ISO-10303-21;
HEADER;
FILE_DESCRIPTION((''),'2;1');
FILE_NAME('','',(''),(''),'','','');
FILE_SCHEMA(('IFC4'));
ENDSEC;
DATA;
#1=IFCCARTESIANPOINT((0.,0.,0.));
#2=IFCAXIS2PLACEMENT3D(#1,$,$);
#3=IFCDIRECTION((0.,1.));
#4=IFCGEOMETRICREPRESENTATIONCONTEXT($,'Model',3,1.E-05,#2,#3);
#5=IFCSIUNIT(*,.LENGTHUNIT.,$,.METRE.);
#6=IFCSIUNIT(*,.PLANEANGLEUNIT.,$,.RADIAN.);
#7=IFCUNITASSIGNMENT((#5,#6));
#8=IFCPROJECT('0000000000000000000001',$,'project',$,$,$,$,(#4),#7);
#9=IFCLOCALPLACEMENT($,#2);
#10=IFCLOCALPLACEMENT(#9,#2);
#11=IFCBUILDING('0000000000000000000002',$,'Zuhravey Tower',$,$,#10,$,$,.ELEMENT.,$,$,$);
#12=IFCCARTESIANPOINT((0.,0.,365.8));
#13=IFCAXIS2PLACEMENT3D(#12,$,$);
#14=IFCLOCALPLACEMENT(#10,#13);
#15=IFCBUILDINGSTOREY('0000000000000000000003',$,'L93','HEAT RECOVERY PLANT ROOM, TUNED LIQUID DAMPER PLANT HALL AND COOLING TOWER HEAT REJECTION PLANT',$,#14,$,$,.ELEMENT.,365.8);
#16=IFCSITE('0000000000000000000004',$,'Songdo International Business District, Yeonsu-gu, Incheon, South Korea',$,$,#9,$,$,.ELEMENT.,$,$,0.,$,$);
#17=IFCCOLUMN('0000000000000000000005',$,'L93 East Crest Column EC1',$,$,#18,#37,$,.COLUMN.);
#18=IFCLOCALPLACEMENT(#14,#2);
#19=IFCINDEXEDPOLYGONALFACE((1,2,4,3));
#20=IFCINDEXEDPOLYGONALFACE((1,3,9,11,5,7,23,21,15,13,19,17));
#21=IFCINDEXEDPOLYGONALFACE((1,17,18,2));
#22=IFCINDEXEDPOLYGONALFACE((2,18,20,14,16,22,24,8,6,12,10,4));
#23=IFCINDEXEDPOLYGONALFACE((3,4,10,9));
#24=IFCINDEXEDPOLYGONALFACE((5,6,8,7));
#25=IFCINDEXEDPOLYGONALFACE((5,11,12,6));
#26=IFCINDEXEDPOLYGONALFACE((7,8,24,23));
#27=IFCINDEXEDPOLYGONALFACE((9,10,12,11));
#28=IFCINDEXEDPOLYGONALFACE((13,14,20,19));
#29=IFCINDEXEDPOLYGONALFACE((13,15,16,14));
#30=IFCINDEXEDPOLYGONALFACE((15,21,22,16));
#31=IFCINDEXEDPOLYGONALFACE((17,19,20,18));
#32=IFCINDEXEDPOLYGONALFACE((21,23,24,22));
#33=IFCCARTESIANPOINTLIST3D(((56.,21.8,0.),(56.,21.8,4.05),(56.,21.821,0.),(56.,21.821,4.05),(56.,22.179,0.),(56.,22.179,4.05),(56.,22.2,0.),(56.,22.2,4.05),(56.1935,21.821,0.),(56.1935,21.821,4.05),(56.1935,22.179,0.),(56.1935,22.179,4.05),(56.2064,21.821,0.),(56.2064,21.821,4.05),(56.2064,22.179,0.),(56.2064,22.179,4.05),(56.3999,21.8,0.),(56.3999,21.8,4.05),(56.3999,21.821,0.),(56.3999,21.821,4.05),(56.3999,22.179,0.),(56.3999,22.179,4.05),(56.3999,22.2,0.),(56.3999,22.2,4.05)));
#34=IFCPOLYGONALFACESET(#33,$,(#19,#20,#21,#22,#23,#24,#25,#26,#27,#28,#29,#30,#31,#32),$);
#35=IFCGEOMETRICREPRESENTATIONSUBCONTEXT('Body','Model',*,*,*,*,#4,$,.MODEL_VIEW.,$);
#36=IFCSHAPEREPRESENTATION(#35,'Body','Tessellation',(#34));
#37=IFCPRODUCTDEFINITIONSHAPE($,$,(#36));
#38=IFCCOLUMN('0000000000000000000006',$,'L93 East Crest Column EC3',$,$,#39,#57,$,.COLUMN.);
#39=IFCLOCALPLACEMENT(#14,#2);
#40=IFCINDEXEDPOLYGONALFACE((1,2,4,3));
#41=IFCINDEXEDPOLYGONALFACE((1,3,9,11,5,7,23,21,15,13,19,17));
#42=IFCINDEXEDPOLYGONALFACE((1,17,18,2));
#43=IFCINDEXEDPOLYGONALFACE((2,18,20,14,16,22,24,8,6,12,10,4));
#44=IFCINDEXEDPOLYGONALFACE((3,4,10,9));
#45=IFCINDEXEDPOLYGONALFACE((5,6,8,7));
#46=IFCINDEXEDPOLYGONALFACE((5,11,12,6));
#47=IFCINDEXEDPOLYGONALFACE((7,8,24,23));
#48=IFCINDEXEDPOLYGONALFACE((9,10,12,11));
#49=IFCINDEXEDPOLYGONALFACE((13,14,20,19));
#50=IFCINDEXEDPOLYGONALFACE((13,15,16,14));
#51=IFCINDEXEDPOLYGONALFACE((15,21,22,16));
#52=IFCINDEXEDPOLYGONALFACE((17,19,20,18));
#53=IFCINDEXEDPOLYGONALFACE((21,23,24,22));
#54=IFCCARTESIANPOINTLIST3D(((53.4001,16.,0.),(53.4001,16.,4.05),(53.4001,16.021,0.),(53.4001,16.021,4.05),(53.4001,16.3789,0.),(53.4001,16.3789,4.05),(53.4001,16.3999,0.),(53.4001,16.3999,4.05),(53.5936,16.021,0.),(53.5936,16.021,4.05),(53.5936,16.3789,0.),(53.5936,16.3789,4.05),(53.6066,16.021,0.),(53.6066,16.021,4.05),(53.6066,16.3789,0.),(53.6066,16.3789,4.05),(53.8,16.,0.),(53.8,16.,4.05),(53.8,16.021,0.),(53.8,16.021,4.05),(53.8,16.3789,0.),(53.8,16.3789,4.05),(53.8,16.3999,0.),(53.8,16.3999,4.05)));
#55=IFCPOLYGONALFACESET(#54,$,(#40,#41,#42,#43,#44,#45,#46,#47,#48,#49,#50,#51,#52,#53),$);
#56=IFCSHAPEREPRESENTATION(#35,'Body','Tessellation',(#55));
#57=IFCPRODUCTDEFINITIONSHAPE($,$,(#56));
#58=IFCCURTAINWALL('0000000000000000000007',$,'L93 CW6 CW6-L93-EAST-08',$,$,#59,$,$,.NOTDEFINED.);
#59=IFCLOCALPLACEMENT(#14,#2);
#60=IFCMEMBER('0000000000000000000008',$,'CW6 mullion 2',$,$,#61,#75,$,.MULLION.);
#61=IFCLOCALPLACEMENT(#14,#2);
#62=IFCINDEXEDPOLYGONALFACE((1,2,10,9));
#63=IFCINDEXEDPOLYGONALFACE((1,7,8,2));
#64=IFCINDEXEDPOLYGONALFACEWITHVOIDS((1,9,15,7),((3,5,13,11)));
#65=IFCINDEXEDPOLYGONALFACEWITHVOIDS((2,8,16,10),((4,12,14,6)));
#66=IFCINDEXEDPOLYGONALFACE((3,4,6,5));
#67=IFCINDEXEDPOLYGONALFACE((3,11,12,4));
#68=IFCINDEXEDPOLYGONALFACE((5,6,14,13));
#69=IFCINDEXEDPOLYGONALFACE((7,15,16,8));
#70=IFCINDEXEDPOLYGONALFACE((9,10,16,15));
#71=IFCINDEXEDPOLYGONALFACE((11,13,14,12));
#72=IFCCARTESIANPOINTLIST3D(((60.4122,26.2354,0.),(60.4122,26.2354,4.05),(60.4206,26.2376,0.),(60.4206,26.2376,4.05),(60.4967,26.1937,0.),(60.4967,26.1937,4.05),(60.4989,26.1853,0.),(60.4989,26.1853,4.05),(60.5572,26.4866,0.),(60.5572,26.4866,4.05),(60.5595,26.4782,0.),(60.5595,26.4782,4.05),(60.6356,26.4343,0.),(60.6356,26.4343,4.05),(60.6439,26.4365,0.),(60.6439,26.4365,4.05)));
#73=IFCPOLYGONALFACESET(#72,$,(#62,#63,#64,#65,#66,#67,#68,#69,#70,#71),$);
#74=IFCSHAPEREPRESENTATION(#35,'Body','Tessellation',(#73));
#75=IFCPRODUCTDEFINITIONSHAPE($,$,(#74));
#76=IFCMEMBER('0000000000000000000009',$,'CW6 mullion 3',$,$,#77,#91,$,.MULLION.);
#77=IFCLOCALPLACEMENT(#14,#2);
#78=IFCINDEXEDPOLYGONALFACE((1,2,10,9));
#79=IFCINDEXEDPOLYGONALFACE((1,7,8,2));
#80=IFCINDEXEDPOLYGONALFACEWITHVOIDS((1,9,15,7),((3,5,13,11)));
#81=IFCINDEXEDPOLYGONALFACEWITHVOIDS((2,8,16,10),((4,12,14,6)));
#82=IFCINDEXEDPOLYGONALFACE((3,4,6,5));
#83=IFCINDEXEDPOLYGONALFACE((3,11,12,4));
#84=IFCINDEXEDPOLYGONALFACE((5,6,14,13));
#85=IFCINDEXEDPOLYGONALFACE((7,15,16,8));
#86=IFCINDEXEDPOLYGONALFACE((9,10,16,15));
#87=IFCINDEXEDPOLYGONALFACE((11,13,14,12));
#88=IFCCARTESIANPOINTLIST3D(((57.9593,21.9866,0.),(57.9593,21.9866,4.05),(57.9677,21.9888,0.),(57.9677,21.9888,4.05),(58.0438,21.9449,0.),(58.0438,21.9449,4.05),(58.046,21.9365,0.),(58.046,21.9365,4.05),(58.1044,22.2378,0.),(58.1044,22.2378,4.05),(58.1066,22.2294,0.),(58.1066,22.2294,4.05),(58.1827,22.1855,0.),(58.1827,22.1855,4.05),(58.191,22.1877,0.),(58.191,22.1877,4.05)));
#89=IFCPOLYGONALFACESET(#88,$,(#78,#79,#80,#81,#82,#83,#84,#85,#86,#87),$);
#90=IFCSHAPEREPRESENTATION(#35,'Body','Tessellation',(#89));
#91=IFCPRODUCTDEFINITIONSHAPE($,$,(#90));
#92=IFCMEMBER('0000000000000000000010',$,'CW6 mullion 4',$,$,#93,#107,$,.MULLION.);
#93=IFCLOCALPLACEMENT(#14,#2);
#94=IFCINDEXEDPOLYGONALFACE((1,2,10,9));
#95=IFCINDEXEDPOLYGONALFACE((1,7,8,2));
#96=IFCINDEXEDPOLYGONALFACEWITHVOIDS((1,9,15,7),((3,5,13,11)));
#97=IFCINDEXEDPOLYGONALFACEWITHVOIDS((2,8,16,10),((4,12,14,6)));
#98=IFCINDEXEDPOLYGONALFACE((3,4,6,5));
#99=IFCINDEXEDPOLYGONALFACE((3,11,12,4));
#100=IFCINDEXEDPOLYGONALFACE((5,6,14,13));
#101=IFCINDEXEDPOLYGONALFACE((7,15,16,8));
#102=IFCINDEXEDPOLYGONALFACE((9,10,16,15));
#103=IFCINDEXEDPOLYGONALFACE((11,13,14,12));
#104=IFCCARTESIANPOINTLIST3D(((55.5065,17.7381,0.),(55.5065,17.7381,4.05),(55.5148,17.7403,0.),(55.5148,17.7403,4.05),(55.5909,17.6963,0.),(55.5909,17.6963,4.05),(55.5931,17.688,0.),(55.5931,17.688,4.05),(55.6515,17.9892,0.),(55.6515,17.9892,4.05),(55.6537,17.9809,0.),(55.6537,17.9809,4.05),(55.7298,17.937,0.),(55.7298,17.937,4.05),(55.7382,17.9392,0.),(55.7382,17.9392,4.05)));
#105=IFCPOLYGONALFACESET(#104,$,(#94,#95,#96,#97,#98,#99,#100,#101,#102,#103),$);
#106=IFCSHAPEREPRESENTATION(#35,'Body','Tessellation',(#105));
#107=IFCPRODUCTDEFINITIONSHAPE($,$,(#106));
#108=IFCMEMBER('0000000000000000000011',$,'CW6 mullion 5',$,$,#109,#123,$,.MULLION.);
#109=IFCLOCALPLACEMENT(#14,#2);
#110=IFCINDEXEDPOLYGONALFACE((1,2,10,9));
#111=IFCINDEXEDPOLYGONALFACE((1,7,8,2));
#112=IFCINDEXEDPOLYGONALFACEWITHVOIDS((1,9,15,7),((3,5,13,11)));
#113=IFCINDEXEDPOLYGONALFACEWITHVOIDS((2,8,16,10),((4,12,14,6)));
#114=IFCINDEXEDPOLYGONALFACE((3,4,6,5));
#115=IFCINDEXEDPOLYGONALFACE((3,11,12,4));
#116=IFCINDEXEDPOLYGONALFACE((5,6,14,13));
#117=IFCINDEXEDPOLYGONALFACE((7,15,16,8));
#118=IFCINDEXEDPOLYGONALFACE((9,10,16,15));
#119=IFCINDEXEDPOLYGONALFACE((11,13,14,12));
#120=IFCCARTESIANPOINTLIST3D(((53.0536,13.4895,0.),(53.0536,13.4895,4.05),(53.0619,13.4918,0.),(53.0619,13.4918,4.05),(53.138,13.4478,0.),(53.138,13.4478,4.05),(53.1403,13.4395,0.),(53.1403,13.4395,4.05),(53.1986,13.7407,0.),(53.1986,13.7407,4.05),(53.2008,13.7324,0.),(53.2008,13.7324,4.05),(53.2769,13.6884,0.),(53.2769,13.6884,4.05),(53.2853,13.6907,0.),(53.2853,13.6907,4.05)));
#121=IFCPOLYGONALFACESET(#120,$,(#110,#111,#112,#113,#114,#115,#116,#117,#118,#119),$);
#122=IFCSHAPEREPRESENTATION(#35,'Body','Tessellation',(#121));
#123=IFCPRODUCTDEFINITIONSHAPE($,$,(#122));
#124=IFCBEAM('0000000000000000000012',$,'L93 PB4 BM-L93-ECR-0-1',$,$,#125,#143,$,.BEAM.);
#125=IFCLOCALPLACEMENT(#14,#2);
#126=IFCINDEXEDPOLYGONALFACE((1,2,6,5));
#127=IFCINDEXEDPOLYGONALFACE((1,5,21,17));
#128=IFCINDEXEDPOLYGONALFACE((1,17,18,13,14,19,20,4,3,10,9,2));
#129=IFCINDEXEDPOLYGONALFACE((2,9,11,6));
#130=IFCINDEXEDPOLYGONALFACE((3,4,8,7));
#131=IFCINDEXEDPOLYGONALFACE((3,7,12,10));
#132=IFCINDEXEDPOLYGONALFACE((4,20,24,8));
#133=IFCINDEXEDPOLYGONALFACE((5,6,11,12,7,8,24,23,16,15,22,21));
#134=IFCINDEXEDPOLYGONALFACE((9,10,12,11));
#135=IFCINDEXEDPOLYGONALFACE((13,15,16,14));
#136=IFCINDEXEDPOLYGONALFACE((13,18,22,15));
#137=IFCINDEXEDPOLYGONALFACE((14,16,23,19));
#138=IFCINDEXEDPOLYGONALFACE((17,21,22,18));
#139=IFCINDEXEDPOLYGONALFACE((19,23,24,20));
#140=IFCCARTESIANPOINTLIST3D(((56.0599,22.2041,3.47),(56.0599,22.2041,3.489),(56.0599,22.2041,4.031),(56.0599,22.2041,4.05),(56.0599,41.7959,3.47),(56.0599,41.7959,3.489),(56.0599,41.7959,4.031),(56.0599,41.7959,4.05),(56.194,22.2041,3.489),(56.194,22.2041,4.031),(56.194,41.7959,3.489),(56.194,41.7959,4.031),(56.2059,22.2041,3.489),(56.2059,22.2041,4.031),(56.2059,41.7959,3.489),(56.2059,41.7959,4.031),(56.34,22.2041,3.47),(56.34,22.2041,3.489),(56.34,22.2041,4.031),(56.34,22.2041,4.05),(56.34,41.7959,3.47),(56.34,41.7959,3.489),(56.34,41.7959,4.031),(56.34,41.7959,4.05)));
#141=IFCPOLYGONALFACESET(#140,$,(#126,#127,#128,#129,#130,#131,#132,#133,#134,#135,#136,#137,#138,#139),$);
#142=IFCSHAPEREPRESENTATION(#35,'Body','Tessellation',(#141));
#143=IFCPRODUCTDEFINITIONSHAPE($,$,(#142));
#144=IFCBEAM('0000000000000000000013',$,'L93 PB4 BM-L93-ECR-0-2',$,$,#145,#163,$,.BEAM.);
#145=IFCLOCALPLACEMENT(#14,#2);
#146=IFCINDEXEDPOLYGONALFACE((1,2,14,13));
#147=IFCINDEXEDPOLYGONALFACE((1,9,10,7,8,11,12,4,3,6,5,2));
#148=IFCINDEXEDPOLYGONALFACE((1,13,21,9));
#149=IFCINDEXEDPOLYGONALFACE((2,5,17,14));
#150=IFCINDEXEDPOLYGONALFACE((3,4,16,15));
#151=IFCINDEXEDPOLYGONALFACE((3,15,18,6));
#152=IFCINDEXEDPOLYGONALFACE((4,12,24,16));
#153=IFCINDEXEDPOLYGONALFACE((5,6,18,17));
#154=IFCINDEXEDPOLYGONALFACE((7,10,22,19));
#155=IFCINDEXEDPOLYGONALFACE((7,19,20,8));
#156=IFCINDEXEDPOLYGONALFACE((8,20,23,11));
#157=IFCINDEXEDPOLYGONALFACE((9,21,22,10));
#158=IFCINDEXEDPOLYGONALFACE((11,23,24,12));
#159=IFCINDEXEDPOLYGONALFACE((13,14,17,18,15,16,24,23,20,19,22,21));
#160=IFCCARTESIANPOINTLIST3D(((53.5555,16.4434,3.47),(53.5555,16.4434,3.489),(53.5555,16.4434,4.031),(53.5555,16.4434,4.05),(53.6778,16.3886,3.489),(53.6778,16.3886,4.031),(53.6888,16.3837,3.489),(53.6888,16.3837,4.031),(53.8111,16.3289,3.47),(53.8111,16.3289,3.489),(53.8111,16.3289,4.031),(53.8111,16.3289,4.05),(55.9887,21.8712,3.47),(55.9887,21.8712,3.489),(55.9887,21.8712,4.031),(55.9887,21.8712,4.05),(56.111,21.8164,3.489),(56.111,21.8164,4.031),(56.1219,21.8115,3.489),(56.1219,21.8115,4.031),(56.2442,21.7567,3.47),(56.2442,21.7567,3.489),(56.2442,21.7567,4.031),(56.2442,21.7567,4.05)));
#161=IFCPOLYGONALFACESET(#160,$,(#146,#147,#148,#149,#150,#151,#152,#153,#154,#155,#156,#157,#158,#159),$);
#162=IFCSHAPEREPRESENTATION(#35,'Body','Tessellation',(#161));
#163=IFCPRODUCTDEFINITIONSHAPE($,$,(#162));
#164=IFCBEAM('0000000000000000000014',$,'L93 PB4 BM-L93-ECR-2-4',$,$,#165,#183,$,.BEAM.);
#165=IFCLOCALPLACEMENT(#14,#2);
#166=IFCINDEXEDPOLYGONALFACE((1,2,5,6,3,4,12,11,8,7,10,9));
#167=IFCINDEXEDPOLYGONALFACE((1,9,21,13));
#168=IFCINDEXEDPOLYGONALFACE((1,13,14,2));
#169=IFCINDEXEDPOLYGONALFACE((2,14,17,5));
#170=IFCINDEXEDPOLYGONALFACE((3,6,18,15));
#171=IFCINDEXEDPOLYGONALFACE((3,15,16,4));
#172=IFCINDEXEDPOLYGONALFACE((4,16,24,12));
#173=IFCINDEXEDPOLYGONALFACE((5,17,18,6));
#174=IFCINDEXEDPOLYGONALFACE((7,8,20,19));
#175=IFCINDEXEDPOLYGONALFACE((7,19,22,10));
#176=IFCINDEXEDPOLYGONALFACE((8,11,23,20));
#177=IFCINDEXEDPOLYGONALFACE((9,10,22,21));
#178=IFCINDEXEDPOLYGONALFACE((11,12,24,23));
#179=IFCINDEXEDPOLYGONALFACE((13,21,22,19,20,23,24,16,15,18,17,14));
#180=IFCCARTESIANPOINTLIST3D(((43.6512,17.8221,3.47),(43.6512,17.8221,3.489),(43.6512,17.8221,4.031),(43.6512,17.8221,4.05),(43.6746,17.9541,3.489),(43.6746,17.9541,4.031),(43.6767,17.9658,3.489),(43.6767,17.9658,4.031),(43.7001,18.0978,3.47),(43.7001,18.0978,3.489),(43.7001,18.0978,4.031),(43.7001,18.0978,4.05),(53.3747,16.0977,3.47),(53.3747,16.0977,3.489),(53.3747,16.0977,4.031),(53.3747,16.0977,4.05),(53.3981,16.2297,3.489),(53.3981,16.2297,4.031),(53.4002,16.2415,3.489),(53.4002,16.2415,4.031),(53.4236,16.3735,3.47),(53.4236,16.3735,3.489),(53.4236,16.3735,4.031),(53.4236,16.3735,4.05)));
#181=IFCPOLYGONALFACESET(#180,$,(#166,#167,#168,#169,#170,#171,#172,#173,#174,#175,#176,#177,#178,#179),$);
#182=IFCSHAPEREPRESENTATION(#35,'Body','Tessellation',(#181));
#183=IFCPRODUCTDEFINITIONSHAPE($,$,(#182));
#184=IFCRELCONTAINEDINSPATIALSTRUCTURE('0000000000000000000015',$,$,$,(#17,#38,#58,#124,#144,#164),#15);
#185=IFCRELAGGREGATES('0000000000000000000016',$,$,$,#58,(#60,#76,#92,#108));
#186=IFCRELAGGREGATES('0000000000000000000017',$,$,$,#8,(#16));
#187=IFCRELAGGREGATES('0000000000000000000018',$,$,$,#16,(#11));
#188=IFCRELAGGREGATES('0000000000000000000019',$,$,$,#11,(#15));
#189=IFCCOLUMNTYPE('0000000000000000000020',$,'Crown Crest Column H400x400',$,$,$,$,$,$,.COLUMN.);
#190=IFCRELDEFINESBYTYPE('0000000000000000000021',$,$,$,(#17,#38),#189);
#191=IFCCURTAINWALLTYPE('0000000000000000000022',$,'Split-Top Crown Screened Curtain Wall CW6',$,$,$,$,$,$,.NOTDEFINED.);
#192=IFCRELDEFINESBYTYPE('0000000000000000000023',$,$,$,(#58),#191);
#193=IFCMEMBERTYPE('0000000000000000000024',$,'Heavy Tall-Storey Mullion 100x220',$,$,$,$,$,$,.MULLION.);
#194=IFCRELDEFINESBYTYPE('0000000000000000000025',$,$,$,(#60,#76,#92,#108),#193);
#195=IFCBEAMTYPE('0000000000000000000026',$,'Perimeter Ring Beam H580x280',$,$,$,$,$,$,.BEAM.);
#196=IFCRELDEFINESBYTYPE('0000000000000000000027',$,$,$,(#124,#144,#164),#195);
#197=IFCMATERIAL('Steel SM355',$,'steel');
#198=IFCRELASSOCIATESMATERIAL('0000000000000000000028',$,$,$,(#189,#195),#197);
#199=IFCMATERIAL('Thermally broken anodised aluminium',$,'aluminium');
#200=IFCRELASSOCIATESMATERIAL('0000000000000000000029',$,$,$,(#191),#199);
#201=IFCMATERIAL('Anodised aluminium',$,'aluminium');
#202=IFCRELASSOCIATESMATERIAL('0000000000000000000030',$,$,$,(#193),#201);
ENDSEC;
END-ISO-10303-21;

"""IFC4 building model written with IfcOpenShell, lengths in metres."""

from ifc_helpers import new_model, si_unit, direction, frame, origin, origin_2d, place, context, subcontext, project, spatial, hollow_rectangle, i_section, extrude, material, material_profile, profile_set, type_object, element, aggregate, save


model = new_model("IFC4")

# Units and contexts
model_context = context("Model", 3, precision=1e-05, world=origin(), true_north=direction((0.0, 1.0)))
body_context = subcontext(model_context, "Body", "Model", "MODEL_VIEW")
ifc_project = project(units=[si_unit("LENGTHUNIT", "METRE"), si_unit("PLANEANGLEUNIT", "RADIAN")], contexts=[model_context])

# Site, building, storey
site_placement = place(None, origin())
site = spatial("IfcSite", under=ifc_project, at=site_placement, Name="Songdo International Business District, Yeonsu-gu, Incheon, South Korea", CompositionType="ELEMENT", RefElevation=0.0)
building_placement = place(site_placement, origin())
building = spatial("IfcBuilding", under=site, at=building_placement, Name="Zuhravey Tower", CompositionType="ELEMENT")
storey_placement = place(building_placement, frame((0.0, 0.0, 365.8)))
storey = spatial("IfcBuildingStorey", under=building, at=storey_placement, Name="L93", Description="HEAT RECOVERY PLANT ROOM, TUNED LIQUID DAMPER PLANT HALL AND COOLING TOWER HEAT REJECTION PLANT", CompositionType="ELEMENT", Elevation=365.8)

# Columns
ifc_material_1 = material(Name="Steel SM355", Category="steel")
ifc_material_profile_1 = material_profile(ifc_material_1, i_section(OverallWidth=0.3999, OverallDepth=0.3999, WebThickness=0.0129, FlangeThickness=0.021, at=origin_2d()), Name="H-400x400x13x21")
ifc_profile_set_1 = profile_set([ifc_material_profile_1], Name="Steel SM355")
column_type = type_object("IfcColumnType", Name="Crown Crest Column H400x400", PredefinedType="COLUMN", material=ifc_profile_set_1)
for number, where, z_axis, x_axis, name in (
    (1, (56.2, 22.0, 0.0), (0.0, 0.0, 1.0), (1.0, 0.0, 0.0), "L93 East Crest Column EC1"),
    (2, (53.6001, 16.2, 0.0), (0.0, 0.0, 1.0), (1.0, 0.0, 0.0), "L93 East Crest Column EC3"),
):
    element("IfcColumn", number, at=place(storey_placement, frame(where, z_axis=z_axis, x_axis=x_axis)), inside=storey, type_object=column_type, Name=name, PredefinedType="COLUMN", context=body_context, shape_type="SweptSolid", body=[
        extrude(i_section(OverallWidth=0.3999, OverallDepth=0.3999, WebThickness=0.0129, FlangeThickness=0.021, at=origin_2d()), origin(), (0.0, 0.0, 1.0), 4.05),
    ])

# Curtain wall, members
ifc_material_2 = material(Name="Thermally broken anodised aluminium", Category="aluminium")
curtain_wall_type = type_object("IfcCurtainWallType", Name="Split-Top Crown Screened Curtain Wall CW6", PredefinedType="NOTDEFINED", material=ifc_material_2)
curtain_wall_placement = place(storey_placement, origin())
curtain_wall = element("IfcCurtainWall", 3, at=curtain_wall_placement, inside=storey, type_object=curtain_wall_type, Name="L93 CW6 CW6-L93-EAST-08", PredefinedType="NOTDEFINED")
ifc_material_3 = material(Name="Anodised aluminium", Category="aluminium")
ifc_material_profile_2 = material_profile(ifc_material_3, hollow_rectangle(XDim=0.1001, YDim=0.29, WallThickness=0.0061, at=origin_2d()), Name="ALU-RHS-100x290x6")
ifc_profile_set_2 = profile_set([ifc_material_profile_2], Name="Anodised aluminium")
member_type_1 = type_object("IfcMemberType", Name="Heavy Tall-Storey Mullion 100x220", PredefinedType="MULLION", material=ifc_profile_set_2)
member_1_placement = place(storey_placement, frame((60.5281, 26.3359, 0.0), z_axis=(0.0, 0.0, 1.0), x_axis=(0.866027, -0.499997, 0.0)))
member_1 = element("IfcMember", 4, at=member_1_placement, type_object=member_type_1, Name="CW6 mullion 2", PredefinedType="MULLION", context=body_context, shape_type="SweptSolid", body=[
    extrude(hollow_rectangle(XDim=0.1001, YDim=0.29, WallThickness=0.0061, at=origin_2d()), origin(), (0.0, 0.0, 1.0), 4.05),
])
member_2_placement = place(storey_placement, frame((58.0752, 22.0872, 0.0), z_axis=(0.0, 0.0, 1.0), x_axis=(0.866027, -0.499997, 0.0)))
member_2 = element("IfcMember", 5, at=member_2_placement, type_object=member_type_1, Name="CW6 mullion 3", PredefinedType="MULLION", context=body_context, shape_type="SweptSolid", body=[
    extrude(hollow_rectangle(XDim=0.1001, YDim=0.29, WallThickness=0.0061, at=origin_2d()), origin(), (0.0, 0.0, 1.0), 4.05),
])
member_3_placement = place(storey_placement, frame((55.6223, 17.8386, 0.0), z_axis=(0.0, 0.0, 1.0), x_axis=(0.866027, -0.499997, 0.0)))
member_3 = element("IfcMember", 6, at=member_3_placement, type_object=member_type_1, Name="CW6 mullion 4", PredefinedType="MULLION", context=body_context, shape_type="SweptSolid", body=[
    extrude(hollow_rectangle(XDim=0.1001, YDim=0.29, WallThickness=0.0061, at=origin_2d()), origin(), (0.0, 0.0, 1.0), 4.05),
])
member_4_placement = place(storey_placement, frame((53.1694, 13.5901, 0.0), z_axis=(0.0, 0.0, 1.0), x_axis=(0.866027, -0.499997, 0.0)))
member_4 = element("IfcMember", 7, at=member_4_placement, type_object=member_type_1, Name="CW6 mullion 5", PredefinedType="MULLION", context=body_context, shape_type="SweptSolid", body=[
    extrude(hollow_rectangle(XDim=0.1001, YDim=0.29, WallThickness=0.0061, at=origin_2d()), origin(), (0.0, 0.0, 1.0), 4.05),
])

# Beams
ifc_material_profile_3 = material_profile(ifc_material_1, i_section(OverallWidth=0.28, OverallDepth=0.5801, WebThickness=0.012, FlangeThickness=0.019, at=origin_2d()), Name="H-580x280x12x19")
ifc_profile_set_3 = profile_set([ifc_material_profile_3], Name="Steel SM355")
beam_type = type_object("IfcBeamType", Name="Perimeter Ring Beam H580x280", PredefinedType="BEAM", material=ifc_profile_set_3)
beam_1_placement = place(storey_placement, frame((56.2, 22.2041, 3.76), z_axis=(0.0, 1.0, 0.0), x_axis=(-1.0, 0.0, 0.0)))
element("IfcBeam", 8, at=beam_1_placement, inside=storey, type_object=beam_type, Name="L93 PB4 BM-L93-ECR-0-1", PredefinedType="BEAM", context=body_context, shape_type="SweptSolid", body=[
    extrude(i_section(OverallWidth=0.28, OverallDepth=0.5801, WebThickness=0.012, FlangeThickness=0.019, at=origin_2d()), origin(), (0.0, 0.0, 1.0), 19.5918),
])
beam_2_placement = place(storey_placement, frame((56.1165, 21.814, 3.76), z_axis=(-0.409054, -0.91251, 0.0), x_axis=(0.91251, -0.409054, 0.0)))
element("IfcBeam", 9, at=beam_2_placement, inside=storey, type_object=beam_type, Name="L93 PB4 BM-L93-ECR-0-2", PredefinedType="BEAM", context=body_context, shape_type="SweptSolid", body=[
    extrude(i_section(OverallWidth=0.28, OverallDepth=0.5801, WebThickness=0.012, FlangeThickness=0.019, at=origin_2d()), origin(), (0.0, 0.0, 1.0), 5.9482),
])
beam_3_placement = place(storey_placement, frame((53.3992, 16.2356, 3.76), z_axis=(-0.984637, 0.174613, 0.0), x_axis=(-0.174613, -0.984637, 0.0)))
element("IfcBeam", 10, at=beam_3_placement, inside=storey, type_object=beam_type, Name="L93 PB4 BM-L93-ECR-2-4", PredefinedType="BEAM", context=body_context, shape_type="SweptSolid", body=[
    extrude(i_section(OverallWidth=0.28, OverallDepth=0.5801, WebThickness=0.012, FlangeThickness=0.019, at=origin_2d()), origin(), (0.0, 0.0, 1.0), 9.8752),
])

aggregate(curtain_wall, [member_1, member_2, member_3, member_4])

save(model, "model.ifc")
